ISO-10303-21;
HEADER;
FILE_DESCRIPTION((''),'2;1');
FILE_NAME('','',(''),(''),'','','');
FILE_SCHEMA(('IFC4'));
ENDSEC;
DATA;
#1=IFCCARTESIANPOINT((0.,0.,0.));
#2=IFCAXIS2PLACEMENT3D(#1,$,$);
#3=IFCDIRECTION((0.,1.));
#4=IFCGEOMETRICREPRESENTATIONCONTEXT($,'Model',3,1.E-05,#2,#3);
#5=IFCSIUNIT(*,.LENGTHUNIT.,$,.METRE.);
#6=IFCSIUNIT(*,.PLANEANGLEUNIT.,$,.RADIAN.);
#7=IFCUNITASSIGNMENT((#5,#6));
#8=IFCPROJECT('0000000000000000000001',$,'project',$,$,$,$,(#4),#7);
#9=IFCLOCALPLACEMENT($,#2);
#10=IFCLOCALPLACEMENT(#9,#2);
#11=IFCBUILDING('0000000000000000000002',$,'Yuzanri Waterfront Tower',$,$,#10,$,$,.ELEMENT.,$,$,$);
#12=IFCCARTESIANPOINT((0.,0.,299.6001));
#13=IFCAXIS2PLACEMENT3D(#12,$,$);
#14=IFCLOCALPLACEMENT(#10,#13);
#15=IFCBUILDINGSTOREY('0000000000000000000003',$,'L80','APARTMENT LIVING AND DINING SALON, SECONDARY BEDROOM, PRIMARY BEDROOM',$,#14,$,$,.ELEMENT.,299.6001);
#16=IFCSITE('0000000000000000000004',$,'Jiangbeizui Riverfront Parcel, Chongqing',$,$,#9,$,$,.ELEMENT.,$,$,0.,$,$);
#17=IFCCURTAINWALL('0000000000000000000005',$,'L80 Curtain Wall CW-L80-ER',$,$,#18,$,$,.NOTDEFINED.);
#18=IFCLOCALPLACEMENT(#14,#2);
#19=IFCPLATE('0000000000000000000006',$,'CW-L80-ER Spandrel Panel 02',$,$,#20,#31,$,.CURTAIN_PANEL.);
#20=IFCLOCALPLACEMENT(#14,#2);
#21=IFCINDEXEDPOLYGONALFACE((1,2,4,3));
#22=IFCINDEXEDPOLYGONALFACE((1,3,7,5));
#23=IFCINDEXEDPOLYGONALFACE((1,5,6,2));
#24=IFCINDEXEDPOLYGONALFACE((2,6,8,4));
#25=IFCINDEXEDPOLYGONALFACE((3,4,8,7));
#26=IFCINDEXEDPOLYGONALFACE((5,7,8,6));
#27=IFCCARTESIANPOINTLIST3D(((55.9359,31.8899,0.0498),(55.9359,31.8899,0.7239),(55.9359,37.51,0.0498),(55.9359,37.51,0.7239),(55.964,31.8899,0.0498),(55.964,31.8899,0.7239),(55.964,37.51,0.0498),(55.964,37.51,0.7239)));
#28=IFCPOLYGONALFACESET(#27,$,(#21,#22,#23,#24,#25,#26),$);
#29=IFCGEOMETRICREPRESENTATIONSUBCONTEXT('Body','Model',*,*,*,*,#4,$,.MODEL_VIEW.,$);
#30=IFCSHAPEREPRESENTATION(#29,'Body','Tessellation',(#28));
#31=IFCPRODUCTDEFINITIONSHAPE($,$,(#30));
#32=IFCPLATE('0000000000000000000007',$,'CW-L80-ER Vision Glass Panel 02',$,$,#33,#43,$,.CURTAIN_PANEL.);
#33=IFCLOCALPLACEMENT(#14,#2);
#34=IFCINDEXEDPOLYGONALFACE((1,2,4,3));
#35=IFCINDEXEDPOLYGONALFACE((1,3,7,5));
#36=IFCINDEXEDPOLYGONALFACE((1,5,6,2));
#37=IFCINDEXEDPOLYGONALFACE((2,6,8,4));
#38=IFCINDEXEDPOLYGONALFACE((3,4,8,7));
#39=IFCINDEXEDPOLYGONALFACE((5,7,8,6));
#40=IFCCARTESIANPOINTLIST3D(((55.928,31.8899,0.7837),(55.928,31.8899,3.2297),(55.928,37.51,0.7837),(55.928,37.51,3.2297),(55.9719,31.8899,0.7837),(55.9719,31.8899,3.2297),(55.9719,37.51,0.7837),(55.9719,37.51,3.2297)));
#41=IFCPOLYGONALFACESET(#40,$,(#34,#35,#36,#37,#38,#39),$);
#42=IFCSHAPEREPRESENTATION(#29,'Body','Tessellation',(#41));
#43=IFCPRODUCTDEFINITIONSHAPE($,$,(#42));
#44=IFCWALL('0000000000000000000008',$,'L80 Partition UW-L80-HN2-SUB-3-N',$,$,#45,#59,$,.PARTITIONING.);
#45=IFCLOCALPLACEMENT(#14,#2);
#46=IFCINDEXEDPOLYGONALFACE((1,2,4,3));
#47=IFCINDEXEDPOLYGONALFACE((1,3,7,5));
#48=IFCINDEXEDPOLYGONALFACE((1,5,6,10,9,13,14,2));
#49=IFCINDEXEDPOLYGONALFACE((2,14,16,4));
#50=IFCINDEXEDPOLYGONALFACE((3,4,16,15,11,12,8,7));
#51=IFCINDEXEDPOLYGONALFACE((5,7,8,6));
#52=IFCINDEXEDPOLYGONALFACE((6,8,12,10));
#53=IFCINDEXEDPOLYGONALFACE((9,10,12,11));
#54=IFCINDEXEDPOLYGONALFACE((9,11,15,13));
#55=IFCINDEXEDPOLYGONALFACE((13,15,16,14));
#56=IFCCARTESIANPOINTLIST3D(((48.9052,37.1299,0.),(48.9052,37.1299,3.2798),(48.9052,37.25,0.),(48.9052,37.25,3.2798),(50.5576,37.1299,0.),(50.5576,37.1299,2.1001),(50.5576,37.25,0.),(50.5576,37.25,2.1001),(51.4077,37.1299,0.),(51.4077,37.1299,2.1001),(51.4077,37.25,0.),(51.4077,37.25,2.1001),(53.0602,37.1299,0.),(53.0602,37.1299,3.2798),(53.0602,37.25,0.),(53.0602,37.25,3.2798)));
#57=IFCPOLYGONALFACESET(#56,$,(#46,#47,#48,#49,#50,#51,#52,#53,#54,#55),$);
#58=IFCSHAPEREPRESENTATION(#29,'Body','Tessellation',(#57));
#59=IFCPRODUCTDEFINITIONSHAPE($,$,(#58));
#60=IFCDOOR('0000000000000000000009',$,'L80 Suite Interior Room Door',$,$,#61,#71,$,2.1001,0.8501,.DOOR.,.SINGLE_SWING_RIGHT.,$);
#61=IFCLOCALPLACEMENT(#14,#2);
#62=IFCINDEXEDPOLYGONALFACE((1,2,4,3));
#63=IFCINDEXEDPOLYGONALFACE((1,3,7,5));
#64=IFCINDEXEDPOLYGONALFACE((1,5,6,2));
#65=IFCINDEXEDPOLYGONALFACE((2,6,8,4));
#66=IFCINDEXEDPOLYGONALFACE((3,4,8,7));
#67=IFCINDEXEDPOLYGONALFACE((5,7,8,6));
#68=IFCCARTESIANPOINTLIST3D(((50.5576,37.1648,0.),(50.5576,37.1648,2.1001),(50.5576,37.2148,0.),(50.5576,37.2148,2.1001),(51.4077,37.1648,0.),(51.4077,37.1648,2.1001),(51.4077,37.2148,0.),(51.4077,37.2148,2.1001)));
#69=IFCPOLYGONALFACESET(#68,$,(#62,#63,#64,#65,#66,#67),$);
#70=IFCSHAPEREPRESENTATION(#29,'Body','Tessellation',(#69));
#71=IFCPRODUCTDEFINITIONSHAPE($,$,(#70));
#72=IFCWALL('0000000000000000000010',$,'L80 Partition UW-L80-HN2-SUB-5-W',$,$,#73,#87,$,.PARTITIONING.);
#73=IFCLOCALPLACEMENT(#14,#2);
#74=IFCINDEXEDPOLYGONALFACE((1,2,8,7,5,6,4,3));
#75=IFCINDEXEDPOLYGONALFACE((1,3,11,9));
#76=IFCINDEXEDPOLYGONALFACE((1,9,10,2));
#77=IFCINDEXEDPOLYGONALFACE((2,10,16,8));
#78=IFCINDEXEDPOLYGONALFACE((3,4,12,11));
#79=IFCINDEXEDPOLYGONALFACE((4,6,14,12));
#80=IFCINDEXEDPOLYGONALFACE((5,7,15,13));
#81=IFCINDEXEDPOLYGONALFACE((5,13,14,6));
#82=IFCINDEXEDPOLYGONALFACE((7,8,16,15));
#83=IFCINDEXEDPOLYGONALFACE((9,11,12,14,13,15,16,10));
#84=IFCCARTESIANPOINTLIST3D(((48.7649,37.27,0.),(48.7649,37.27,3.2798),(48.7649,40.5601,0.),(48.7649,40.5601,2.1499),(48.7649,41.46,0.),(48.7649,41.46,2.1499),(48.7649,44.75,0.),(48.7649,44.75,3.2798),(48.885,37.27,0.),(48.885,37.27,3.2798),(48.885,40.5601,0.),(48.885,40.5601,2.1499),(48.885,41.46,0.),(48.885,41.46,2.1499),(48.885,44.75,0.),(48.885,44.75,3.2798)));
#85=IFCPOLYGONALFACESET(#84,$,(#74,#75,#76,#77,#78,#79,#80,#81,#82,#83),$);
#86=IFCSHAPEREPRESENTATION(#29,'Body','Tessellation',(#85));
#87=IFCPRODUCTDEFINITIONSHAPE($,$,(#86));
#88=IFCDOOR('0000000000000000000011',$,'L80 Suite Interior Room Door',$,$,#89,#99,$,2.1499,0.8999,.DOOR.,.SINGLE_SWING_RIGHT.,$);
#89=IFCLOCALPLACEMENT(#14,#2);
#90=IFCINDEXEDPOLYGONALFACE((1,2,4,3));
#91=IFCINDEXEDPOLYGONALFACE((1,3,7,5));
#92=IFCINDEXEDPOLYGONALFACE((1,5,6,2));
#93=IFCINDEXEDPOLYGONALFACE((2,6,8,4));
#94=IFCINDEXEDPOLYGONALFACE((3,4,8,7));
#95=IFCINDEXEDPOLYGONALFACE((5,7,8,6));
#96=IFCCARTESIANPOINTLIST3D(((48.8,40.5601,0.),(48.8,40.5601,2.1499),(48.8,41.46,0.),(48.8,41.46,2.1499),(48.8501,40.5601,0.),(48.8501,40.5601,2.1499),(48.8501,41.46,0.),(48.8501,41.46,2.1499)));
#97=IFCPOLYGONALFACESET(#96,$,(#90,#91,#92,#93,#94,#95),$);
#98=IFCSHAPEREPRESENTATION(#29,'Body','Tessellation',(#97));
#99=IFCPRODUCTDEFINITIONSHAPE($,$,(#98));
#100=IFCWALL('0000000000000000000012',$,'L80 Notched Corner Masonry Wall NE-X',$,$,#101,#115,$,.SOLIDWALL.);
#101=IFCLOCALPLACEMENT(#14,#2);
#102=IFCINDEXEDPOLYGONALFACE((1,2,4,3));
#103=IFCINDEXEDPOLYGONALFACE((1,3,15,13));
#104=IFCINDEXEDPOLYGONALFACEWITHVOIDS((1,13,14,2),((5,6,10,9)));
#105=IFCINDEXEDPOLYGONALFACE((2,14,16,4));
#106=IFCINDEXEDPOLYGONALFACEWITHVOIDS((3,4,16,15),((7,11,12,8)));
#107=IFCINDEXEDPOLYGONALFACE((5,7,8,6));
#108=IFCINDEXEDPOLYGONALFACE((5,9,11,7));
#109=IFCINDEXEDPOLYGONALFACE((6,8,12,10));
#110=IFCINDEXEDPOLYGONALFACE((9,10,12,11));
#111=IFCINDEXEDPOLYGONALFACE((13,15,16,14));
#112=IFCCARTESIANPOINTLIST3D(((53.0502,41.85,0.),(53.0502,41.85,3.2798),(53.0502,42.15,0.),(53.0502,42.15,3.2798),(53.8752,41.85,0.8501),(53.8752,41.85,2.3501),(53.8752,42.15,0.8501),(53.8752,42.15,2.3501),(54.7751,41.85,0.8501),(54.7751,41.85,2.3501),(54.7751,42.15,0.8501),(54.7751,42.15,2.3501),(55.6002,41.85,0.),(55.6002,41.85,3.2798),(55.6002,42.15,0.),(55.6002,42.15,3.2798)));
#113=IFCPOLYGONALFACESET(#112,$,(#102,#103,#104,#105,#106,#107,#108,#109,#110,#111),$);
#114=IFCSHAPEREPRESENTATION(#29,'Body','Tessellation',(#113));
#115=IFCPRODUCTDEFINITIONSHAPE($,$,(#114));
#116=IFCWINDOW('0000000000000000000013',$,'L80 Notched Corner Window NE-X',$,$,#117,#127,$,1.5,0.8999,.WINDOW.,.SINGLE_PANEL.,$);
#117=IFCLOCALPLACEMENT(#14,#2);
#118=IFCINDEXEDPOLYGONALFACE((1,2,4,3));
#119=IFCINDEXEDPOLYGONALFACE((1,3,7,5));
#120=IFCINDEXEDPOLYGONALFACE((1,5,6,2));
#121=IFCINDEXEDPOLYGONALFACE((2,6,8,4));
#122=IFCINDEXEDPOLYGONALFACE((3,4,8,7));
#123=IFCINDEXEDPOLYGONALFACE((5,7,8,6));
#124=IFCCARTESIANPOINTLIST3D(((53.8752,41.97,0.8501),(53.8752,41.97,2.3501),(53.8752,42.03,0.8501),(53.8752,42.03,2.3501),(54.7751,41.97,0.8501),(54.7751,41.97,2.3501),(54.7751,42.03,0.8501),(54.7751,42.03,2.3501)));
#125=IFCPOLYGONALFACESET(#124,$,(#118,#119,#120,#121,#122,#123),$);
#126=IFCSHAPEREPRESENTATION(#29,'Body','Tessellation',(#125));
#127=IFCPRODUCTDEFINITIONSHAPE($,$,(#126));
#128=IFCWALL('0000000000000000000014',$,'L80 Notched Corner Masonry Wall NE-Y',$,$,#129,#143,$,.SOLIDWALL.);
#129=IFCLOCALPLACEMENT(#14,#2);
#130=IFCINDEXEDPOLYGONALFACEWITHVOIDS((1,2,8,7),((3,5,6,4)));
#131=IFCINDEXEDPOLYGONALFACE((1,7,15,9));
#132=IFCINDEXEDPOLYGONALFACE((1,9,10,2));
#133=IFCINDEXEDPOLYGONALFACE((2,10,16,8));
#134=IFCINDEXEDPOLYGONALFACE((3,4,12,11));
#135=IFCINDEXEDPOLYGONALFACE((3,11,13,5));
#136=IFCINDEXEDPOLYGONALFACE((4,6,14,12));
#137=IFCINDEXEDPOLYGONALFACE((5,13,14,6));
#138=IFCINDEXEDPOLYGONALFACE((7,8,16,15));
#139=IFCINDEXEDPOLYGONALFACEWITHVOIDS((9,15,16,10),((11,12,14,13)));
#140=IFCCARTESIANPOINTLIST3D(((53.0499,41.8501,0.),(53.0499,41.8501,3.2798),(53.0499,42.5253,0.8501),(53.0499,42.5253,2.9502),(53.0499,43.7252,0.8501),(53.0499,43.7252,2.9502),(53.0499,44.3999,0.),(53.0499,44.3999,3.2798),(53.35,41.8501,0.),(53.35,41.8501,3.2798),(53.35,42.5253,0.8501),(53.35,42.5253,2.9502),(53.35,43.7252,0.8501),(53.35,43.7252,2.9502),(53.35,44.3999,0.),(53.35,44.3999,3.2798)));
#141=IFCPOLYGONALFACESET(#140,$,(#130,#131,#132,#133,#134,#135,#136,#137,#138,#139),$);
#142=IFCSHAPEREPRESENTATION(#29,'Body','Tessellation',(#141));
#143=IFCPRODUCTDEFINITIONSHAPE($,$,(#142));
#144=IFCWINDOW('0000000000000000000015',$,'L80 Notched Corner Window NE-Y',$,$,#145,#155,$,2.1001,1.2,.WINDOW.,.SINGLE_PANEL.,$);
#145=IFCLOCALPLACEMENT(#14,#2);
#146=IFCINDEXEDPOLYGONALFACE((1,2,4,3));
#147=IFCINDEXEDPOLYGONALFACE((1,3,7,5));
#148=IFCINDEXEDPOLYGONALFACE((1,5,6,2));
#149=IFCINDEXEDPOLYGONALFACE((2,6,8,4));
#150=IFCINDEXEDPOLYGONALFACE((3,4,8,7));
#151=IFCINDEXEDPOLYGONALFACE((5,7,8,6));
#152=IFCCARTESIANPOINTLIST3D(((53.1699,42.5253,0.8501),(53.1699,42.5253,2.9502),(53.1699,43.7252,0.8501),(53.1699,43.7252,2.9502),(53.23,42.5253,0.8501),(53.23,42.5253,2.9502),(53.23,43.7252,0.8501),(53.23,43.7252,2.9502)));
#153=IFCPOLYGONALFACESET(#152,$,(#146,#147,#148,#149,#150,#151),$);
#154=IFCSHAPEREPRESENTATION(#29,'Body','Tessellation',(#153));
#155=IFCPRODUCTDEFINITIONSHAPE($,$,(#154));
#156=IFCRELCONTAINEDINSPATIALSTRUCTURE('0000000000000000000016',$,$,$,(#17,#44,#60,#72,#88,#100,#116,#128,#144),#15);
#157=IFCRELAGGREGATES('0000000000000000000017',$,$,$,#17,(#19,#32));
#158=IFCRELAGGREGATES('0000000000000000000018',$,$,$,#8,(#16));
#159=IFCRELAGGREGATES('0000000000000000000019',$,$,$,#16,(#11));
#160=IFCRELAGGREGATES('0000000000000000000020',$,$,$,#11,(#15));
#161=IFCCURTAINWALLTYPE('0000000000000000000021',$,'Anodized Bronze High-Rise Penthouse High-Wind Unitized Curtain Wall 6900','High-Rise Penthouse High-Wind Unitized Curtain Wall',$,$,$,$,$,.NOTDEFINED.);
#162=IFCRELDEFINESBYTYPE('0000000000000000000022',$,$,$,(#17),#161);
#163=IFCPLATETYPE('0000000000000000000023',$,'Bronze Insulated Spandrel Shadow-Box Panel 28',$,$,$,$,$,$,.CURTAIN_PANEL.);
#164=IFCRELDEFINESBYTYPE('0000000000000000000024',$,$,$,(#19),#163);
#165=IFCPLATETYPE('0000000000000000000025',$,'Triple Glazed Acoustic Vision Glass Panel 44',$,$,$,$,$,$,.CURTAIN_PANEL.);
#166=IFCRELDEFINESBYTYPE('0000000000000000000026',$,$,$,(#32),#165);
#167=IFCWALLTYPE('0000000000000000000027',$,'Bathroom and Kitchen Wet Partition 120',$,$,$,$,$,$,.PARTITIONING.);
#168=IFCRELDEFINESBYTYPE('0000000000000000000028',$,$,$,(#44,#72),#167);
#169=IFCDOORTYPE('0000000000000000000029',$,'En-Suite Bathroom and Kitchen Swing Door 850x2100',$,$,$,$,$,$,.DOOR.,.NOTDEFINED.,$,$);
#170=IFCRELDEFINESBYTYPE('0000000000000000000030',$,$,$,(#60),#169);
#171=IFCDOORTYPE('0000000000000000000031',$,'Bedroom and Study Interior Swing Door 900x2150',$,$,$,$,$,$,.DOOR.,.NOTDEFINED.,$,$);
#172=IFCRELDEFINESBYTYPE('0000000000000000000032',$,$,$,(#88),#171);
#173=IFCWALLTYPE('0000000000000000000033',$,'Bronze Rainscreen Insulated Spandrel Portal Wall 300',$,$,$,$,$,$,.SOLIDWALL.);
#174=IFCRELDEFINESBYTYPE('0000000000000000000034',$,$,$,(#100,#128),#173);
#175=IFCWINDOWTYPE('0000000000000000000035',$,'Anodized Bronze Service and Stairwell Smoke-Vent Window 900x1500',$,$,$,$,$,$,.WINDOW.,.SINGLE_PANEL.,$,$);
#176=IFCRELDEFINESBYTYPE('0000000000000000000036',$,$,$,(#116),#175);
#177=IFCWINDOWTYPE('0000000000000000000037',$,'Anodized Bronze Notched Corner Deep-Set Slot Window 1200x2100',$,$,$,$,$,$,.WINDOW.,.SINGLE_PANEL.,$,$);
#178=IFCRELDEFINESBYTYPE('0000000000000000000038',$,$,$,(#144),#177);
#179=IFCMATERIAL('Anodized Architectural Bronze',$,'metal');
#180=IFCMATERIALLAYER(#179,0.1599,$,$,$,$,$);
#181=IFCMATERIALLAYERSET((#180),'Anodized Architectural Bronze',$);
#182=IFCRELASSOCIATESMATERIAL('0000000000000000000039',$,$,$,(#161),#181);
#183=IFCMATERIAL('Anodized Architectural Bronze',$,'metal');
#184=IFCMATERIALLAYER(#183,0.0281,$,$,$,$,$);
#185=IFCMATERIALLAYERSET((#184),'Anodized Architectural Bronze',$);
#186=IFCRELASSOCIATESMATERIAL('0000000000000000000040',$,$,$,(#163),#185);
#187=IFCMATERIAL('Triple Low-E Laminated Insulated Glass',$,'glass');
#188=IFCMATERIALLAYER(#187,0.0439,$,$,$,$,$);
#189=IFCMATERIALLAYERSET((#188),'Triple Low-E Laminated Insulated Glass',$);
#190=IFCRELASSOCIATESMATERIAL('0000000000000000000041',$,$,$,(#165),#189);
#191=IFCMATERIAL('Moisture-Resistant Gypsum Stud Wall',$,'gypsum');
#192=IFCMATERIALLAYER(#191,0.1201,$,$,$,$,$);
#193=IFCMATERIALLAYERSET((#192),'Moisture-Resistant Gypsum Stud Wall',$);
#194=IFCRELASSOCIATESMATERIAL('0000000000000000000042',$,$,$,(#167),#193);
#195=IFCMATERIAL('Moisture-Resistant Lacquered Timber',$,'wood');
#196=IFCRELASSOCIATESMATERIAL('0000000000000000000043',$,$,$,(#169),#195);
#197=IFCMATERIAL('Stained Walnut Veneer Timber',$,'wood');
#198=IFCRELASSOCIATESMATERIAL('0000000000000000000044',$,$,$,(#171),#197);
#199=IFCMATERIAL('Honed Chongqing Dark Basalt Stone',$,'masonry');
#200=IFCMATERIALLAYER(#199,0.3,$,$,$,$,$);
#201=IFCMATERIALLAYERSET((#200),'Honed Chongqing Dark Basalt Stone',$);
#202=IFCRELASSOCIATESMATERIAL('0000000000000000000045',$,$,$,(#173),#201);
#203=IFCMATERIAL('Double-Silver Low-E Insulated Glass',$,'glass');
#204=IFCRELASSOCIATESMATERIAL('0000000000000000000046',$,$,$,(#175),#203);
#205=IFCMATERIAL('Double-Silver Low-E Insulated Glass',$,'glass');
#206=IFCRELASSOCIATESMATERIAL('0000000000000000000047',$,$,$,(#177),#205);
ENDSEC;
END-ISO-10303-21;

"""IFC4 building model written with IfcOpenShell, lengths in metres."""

from ifc_helpers import new_model, si_unit, direction, frame, frame_2d, origin, origin_2d, place, context, subcontext, project, spatial, rectangle, extrude, source, transform, mapped, material, layer, layer_set, type_object, element, fill, aggregate, save


model = new_model("IFC4")

# Units and contexts
model_context = context("Model", 3, precision=1e-05, world=origin(), true_north=direction((0.0, 1.0)))
body_context = subcontext(model_context, "Body", "Model", "MODEL_VIEW")
ifc_project = project(units=[si_unit("LENGTHUNIT", "METRE"), si_unit("PLANEANGLEUNIT", "RADIAN")], contexts=[model_context])

# Site, building, storey
site_placement = place(None, origin())
site = spatial("IfcSite", under=ifc_project, at=site_placement, Name="Jiangbeizui Riverfront Parcel, Chongqing", CompositionType="ELEMENT", RefElevation=0.0)
building_placement = place(site_placement, origin())
building = spatial("IfcBuilding", under=site, at=building_placement, Name="Yuzanri Waterfront Tower", CompositionType="ELEMENT")
storey_placement = place(building_placement, frame((0.0, 0.0, 299.6001)))
storey = spatial("IfcBuildingStorey", under=building, at=storey_placement, Name="L80", Description="APARTMENT LIVING AND DINING SALON, SECONDARY BEDROOM, PRIMARY BEDROOM", CompositionType="ELEMENT", Elevation=299.6001)

# Curtain wall
ifc_material_1 = material(Name="Anodized Architectural Bronze", Category="metal")
ifc_layer_1 = layer(ifc_material_1, 0.1599)
ifc_layer_set_1 = layer_set([ifc_layer_1], Name="Anodized Architectural Bronze")
curtain_wall_type = type_object("IfcCurtainWallType", Name="Anodized Bronze High-Rise Penthouse High-Wind Unitized Curtain Wall 6900", Description="High-Rise Penthouse High-Wind Unitized Curtain Wall", PredefinedType="NOTDEFINED", material=ifc_layer_set_1)
curtain_wall_placement = place(storey_placement, origin())
curtain_wall = element("IfcCurtainWall", 1, at=curtain_wall_placement, inside=storey, type_object=curtain_wall_type, Name="L80 Curtain Wall CW-L80-ER", PredefinedType="NOTDEFINED")

# Plates
ifc_material_2 = material(Name="Anodized Architectural Bronze", Category="metal")
ifc_layer_2 = layer(ifc_material_2, 0.0281)
ifc_layer_set_2 = layer_set([ifc_layer_2], Name="Anodized Architectural Bronze")
plate_type_1 = type_object("IfcPlateType", Name="Bronze Insulated Spandrel Shadow-Box Panel 28", PredefinedType="CURTAIN_PANEL", material=ifc_layer_set_2)
shared_shape_1 = source(origin(), body_context, "Body", "SweptSolid", [
    extrude(rectangle(XDim=5.6201, YDim=0.0281, at=origin_2d()), origin(), (0.0, 0.0, 1.0), 0.6741),
])
plate_1_placement = place(storey_placement, frame((55.95, 34.7, 0.0498), z_axis=(0.0, 0.0, 1.0), x_axis=(0.0, 1.0, 0.0)))
plate_1 = element("IfcPlate", 2, at=plate_1_placement, type_object=plate_type_1, Name="CW-L80-ER Spandrel Panel 02", PredefinedType="CURTAIN_PANEL", context=body_context, shape_type="MappedRepresentation", body=[
    mapped(shared_shape_1, transform((0.0, 0.0, 0.0), scale=1.0)),
])
ifc_material_3 = material(Name="Triple Low-E Laminated Insulated Glass", Category="glass")
ifc_layer_3 = layer(ifc_material_3, 0.0439)
ifc_layer_set_3 = layer_set([ifc_layer_3], Name="Triple Low-E Laminated Insulated Glass")
plate_type_2 = type_object("IfcPlateType", Name="Triple Glazed Acoustic Vision Glass Panel 44", PredefinedType="CURTAIN_PANEL", material=ifc_layer_set_3)
shared_shape_2 = source(origin(), body_context, "Body", "SweptSolid", [
    extrude(rectangle(XDim=5.6201, YDim=0.0439, at=origin_2d()), origin(), (0.0, 0.0, 1.0), 2.446),
])
plate_2_placement = place(storey_placement, frame((55.95, 34.7, 0.7837), z_axis=(0.0, 0.0, 1.0), x_axis=(0.0, 1.0, 0.0)))
plate_2 = element("IfcPlate", 3, at=plate_2_placement, type_object=plate_type_2, Name="CW-L80-ER Vision Glass Panel 02", PredefinedType="CURTAIN_PANEL", context=body_context, shape_type="MappedRepresentation", body=[
    mapped(shared_shape_2, transform((0.0, 0.0, 0.0), scale=1.0)),
])
aggregate(curtain_wall, [plate_1, plate_2])

# Walls, openings, doors
ifc_material_4 = material(Name="Moisture-Resistant Gypsum Stud Wall", Category="gypsum")
ifc_layer_4 = layer(ifc_material_4, 0.1201)
ifc_layer_set_4 = layer_set([ifc_layer_4], Name="Moisture-Resistant Gypsum Stud Wall")
wall_type_1 = type_object("IfcWallType", Name="Bathroom and Kitchen Wet Partition 120", PredefinedType="PARTITIONING", material=ifc_layer_set_4)
wall_1_placement = place(storey_placement, frame((48.905, 37.1899, 0.0), z_axis=(0.0, 0.0, 1.0), x_axis=(1.0, 0.0, 0.0)))
wall_1 = element("IfcWall", 4, at=wall_1_placement, inside=storey, type_object=wall_type_1, Name="L80 Partition UW-L80-HN2-SUB-3-N", PredefinedType="PARTITIONING", context=body_context, shape_type="SweptSolid", body=[
    extrude(rectangle(XDim=4.155, YDim=0.1201, at=frame_2d((2.0776, 0.0))), origin(), (0.0, 0.0, 1.0), 3.2798),
])
opening_1_placement = place(wall_1_placement, frame((1.6526, 0.0, 0.0)))
opening_1 = element("IfcOpeningElement", 5, at=opening_1_placement, cuts=wall_1, PredefinedType="OPENING", context=body_context, shape_type="SweptSolid", body=[
    extrude(rectangle(XDim=0.8501, YDim=2.1001, at=frame_2d((0.425, 1.05))), frame((0.0, 0.075, 0.0), z_axis=(0.0, -1.0, 0.0), x_axis=(1.0, 0.0, 0.0)), (0.0, 0.0, 1.0), 0.1499),
])
ifc_material_5 = material(Name="Moisture-Resistant Lacquered Timber", Category="wood")
door_type_1 = type_object("IfcDoorType", Name="En-Suite Bathroom and Kitchen Swing Door 850x2100", OperationType="NOTDEFINED", PredefinedType="DOOR", material=ifc_material_5)
shared_shape_3 = source(origin(), body_context, "Body", "SweptSolid", [
    extrude(rectangle(XDim=0.8501, YDim=2.1001, at=frame_2d((0.425, 1.05))), frame((0.0, 0.0249, 0.0), z_axis=(0.0, -1.0, 0.0), x_axis=(1.0, 0.0, 0.0)), (0.0, 0.0, 1.0), 0.05),
])
door_1_placement = place(opening_1_placement, origin())
door_1 = element("IfcDoor", 6, at=door_1_placement, inside=storey, type_object=door_type_1, Name="L80 Suite Interior Room Door", OperationType="SINGLE_SWING_RIGHT", OverallHeight=2.1001, OverallWidth=0.8501, PredefinedType="DOOR", context=body_context, shape_type="MappedRepresentation", body=[
    mapped(shared_shape_3, transform((0.0, 0.0, 0.0), scale=1.0)),
])
fill(opening_1, door_1)
wall_2_placement = place(storey_placement, frame((48.825, 37.27, 0.0), z_axis=(0.0, 0.0, 1.0), x_axis=(0.0, 1.0, 0.0)))
wall_2 = element("IfcWall", 7, at=wall_2_placement, inside=storey, type_object=wall_type_1, Name="L80 Partition UW-L80-HN2-SUB-5-W", PredefinedType="PARTITIONING", context=body_context, shape_type="SweptSolid", body=[
    extrude(rectangle(XDim=7.48, YDim=0.1201, at=frame_2d((3.74, 0.0))), origin(), (0.0, 0.0, 1.0), 3.2798),
])
opening_2_placement = place(wall_2_placement, frame((3.29, 0.0, 0.0)))
opening_2 = element("IfcOpeningElement", 8, at=opening_2_placement, cuts=wall_2, PredefinedType="OPENING", context=body_context, shape_type="SweptSolid", body=[
    extrude(rectangle(XDim=0.8999, YDim=2.1499, at=frame_2d((0.45, 1.075))), frame((0.0, 0.075, 0.0), z_axis=(0.0, -1.0, 0.0), x_axis=(1.0, 0.0, 0.0)), (0.0, 0.0, 1.0), 0.1499),
])
ifc_material_6 = material(Name="Stained Walnut Veneer Timber", Category="wood")
door_type_2 = type_object("IfcDoorType", Name="Bedroom and Study Interior Swing Door 900x2150", OperationType="NOTDEFINED", PredefinedType="DOOR", material=ifc_material_6)
shared_shape_4 = source(origin(), body_context, "Body", "SweptSolid", [
    extrude(rectangle(XDim=0.8999, YDim=2.1499, at=frame_2d((0.45, 1.075))), frame((0.0, 0.0249, 0.0), z_axis=(0.0, -1.0, 0.0), x_axis=(1.0, 0.0, 0.0)), (0.0, 0.0, 1.0), 0.05),
])
door_2_placement = place(opening_2_placement, origin())
door_2 = element("IfcDoor", 9, at=door_2_placement, inside=storey, type_object=door_type_2, Name="L80 Suite Interior Room Door", OperationType="SINGLE_SWING_RIGHT", OverallHeight=2.1499, OverallWidth=0.8999, PredefinedType="DOOR", context=body_context, shape_type="MappedRepresentation", body=[
    mapped(shared_shape_4, transform((0.0, 0.0, 0.0), scale=1.0)),
])
fill(opening_2, door_2)

# Walls, openings, windows
ifc_material_7 = material(Name="Honed Chongqing Dark Basalt Stone", Category="masonry")
ifc_layer_5 = layer(ifc_material_7, 0.3)
ifc_layer_set_5 = layer_set([ifc_layer_5], Name="Honed Chongqing Dark Basalt Stone")
wall_type_2 = type_object("IfcWallType", Name="Bronze Rainscreen Insulated Spandrel Portal Wall 300", PredefinedType="SOLIDWALL", material=ifc_layer_set_5)
wall_3_placement = place(storey_placement, frame((55.6001, 42.0, 0.0), z_axis=(0.0, 0.0, 1.0), x_axis=(-1.0, 0.0, 0.0)))
wall_3 = element("IfcWall", 10, at=wall_3_placement, inside=storey, type_object=wall_type_2, Name="L80 Notched Corner Masonry Wall NE-X", PredefinedType="SOLIDWALL", context=body_context, shape_type="SweptSolid", body=[
    extrude(rectangle(XDim=2.55, YDim=0.3, at=frame_2d((1.2749, 0.0))), origin(), (0.0, 0.0, 1.0), 3.2798),
])
opening_3_placement = place(wall_3_placement, frame((0.825, 0.0, 0.8501)))
opening_3 = element("IfcOpeningElement", 11, at=opening_3_placement, cuts=wall_3, PredefinedType="OPENING", context=body_context, shape_type="SweptSolid", body=[
    extrude(rectangle(XDim=0.8999, YDim=1.5, at=frame_2d((0.45, 0.75))), frame((0.0, 0.165, 0.0), z_axis=(0.0, -1.0, 0.0), x_axis=(1.0, 0.0, 0.0)), (0.0, 0.0, 1.0), 0.3298),
])
ifc_material_8 = material(Name="Double-Silver Low-E Insulated Glass", Category="glass")
window_type_1 = type_object("IfcWindowType", Name="Anodized Bronze Service and Stairwell Smoke-Vent Window 900x1500", PartitioningType="SINGLE_PANEL", PredefinedType="WINDOW", material=ifc_material_8)
shared_shape_5 = source(origin(), body_context, "Body", "SweptSolid", [
    extrude(rectangle(XDim=0.8999, YDim=1.5, at=frame_2d((0.45, 0.75))), frame((0.0, 0.03, 0.0), z_axis=(0.0, -1.0, 0.0), x_axis=(1.0, 0.0, 0.0)), (0.0, 0.0, 1.0), 0.0601),
])
window_1_placement = place(opening_3_placement, origin())
window_1 = element("IfcWindow", 12, at=window_1_placement, inside=storey, type_object=window_type_1, Name="L80 Notched Corner Window NE-X", OverallHeight=1.5, OverallWidth=0.8999, PartitioningType="SINGLE_PANEL", PredefinedType="WINDOW", context=body_context, shape_type="MappedRepresentation", body=[
    mapped(shared_shape_5, transform((0.0, 0.0, 0.0), scale=1.0)),
])
fill(opening_3, window_1)
wall_4_placement = place(storey_placement, frame((53.2, 41.8501, 0.0), z_axis=(0.0, 0.0, 1.0), x_axis=(0.0, 1.0, 0.0)))
wall_4 = element("IfcWall", 13, at=wall_4_placement, inside=storey, type_object=wall_type_2, Name="L80 Notched Corner Masonry Wall NE-Y", PredefinedType="SOLIDWALL", context=body_context, shape_type="SweptSolid", body=[
    extrude(rectangle(XDim=2.5498, YDim=0.3, at=frame_2d((1.2749, 0.0))), origin(), (0.0, 0.0, 1.0), 3.2798),
])
opening_4_placement = place(wall_4_placement, frame((0.675, 0.0, 0.8501)))
opening_4 = element("IfcOpeningElement", 14, at=opening_4_placement, cuts=wall_4, PredefinedType="OPENING", context=body_context, shape_type="SweptSolid", body=[
    extrude(rectangle(XDim=1.2, YDim=2.1001, at=frame_2d((0.6001, 1.05))), frame((0.0, 0.165, 0.0), z_axis=(0.0, -1.0, 0.0), x_axis=(1.0, 0.0, 0.0)), (0.0, 0.0, 1.0), 0.3298),
])
ifc_material_9 = material(Name="Double-Silver Low-E Insulated Glass", Category="glass")
window_type_2 = type_object("IfcWindowType", Name="Anodized Bronze Notched Corner Deep-Set Slot Window 1200x2100", PartitioningType="SINGLE_PANEL", PredefinedType="WINDOW", material=ifc_material_9)
shared_shape_6 = source(origin(), body_context, "Body", "SweptSolid", [
    extrude(rectangle(XDim=1.2, YDim=2.1001, at=frame_2d((0.6001, 1.05))), frame((0.0, 0.03, 0.0), z_axis=(0.0, -1.0, 0.0), x_axis=(1.0, 0.0, 0.0)), (0.0, 0.0, 1.0), 0.0601),
])
window_2_placement = place(opening_4_placement, origin())
window_2 = element("IfcWindow", 15, at=window_2_placement, inside=storey, type_object=window_type_2, Name="L80 Notched Corner Window NE-Y", OverallHeight=2.1001, OverallWidth=1.2, PartitioningType="SINGLE_PANEL", PredefinedType="WINDOW", context=body_context, shape_type="MappedRepresentation", body=[
    mapped(shared_shape_6, transform((0.0, 0.0, 0.0), scale=1.0)),
])
fill(opening_4, window_2)

save(model, "model.ifc")
